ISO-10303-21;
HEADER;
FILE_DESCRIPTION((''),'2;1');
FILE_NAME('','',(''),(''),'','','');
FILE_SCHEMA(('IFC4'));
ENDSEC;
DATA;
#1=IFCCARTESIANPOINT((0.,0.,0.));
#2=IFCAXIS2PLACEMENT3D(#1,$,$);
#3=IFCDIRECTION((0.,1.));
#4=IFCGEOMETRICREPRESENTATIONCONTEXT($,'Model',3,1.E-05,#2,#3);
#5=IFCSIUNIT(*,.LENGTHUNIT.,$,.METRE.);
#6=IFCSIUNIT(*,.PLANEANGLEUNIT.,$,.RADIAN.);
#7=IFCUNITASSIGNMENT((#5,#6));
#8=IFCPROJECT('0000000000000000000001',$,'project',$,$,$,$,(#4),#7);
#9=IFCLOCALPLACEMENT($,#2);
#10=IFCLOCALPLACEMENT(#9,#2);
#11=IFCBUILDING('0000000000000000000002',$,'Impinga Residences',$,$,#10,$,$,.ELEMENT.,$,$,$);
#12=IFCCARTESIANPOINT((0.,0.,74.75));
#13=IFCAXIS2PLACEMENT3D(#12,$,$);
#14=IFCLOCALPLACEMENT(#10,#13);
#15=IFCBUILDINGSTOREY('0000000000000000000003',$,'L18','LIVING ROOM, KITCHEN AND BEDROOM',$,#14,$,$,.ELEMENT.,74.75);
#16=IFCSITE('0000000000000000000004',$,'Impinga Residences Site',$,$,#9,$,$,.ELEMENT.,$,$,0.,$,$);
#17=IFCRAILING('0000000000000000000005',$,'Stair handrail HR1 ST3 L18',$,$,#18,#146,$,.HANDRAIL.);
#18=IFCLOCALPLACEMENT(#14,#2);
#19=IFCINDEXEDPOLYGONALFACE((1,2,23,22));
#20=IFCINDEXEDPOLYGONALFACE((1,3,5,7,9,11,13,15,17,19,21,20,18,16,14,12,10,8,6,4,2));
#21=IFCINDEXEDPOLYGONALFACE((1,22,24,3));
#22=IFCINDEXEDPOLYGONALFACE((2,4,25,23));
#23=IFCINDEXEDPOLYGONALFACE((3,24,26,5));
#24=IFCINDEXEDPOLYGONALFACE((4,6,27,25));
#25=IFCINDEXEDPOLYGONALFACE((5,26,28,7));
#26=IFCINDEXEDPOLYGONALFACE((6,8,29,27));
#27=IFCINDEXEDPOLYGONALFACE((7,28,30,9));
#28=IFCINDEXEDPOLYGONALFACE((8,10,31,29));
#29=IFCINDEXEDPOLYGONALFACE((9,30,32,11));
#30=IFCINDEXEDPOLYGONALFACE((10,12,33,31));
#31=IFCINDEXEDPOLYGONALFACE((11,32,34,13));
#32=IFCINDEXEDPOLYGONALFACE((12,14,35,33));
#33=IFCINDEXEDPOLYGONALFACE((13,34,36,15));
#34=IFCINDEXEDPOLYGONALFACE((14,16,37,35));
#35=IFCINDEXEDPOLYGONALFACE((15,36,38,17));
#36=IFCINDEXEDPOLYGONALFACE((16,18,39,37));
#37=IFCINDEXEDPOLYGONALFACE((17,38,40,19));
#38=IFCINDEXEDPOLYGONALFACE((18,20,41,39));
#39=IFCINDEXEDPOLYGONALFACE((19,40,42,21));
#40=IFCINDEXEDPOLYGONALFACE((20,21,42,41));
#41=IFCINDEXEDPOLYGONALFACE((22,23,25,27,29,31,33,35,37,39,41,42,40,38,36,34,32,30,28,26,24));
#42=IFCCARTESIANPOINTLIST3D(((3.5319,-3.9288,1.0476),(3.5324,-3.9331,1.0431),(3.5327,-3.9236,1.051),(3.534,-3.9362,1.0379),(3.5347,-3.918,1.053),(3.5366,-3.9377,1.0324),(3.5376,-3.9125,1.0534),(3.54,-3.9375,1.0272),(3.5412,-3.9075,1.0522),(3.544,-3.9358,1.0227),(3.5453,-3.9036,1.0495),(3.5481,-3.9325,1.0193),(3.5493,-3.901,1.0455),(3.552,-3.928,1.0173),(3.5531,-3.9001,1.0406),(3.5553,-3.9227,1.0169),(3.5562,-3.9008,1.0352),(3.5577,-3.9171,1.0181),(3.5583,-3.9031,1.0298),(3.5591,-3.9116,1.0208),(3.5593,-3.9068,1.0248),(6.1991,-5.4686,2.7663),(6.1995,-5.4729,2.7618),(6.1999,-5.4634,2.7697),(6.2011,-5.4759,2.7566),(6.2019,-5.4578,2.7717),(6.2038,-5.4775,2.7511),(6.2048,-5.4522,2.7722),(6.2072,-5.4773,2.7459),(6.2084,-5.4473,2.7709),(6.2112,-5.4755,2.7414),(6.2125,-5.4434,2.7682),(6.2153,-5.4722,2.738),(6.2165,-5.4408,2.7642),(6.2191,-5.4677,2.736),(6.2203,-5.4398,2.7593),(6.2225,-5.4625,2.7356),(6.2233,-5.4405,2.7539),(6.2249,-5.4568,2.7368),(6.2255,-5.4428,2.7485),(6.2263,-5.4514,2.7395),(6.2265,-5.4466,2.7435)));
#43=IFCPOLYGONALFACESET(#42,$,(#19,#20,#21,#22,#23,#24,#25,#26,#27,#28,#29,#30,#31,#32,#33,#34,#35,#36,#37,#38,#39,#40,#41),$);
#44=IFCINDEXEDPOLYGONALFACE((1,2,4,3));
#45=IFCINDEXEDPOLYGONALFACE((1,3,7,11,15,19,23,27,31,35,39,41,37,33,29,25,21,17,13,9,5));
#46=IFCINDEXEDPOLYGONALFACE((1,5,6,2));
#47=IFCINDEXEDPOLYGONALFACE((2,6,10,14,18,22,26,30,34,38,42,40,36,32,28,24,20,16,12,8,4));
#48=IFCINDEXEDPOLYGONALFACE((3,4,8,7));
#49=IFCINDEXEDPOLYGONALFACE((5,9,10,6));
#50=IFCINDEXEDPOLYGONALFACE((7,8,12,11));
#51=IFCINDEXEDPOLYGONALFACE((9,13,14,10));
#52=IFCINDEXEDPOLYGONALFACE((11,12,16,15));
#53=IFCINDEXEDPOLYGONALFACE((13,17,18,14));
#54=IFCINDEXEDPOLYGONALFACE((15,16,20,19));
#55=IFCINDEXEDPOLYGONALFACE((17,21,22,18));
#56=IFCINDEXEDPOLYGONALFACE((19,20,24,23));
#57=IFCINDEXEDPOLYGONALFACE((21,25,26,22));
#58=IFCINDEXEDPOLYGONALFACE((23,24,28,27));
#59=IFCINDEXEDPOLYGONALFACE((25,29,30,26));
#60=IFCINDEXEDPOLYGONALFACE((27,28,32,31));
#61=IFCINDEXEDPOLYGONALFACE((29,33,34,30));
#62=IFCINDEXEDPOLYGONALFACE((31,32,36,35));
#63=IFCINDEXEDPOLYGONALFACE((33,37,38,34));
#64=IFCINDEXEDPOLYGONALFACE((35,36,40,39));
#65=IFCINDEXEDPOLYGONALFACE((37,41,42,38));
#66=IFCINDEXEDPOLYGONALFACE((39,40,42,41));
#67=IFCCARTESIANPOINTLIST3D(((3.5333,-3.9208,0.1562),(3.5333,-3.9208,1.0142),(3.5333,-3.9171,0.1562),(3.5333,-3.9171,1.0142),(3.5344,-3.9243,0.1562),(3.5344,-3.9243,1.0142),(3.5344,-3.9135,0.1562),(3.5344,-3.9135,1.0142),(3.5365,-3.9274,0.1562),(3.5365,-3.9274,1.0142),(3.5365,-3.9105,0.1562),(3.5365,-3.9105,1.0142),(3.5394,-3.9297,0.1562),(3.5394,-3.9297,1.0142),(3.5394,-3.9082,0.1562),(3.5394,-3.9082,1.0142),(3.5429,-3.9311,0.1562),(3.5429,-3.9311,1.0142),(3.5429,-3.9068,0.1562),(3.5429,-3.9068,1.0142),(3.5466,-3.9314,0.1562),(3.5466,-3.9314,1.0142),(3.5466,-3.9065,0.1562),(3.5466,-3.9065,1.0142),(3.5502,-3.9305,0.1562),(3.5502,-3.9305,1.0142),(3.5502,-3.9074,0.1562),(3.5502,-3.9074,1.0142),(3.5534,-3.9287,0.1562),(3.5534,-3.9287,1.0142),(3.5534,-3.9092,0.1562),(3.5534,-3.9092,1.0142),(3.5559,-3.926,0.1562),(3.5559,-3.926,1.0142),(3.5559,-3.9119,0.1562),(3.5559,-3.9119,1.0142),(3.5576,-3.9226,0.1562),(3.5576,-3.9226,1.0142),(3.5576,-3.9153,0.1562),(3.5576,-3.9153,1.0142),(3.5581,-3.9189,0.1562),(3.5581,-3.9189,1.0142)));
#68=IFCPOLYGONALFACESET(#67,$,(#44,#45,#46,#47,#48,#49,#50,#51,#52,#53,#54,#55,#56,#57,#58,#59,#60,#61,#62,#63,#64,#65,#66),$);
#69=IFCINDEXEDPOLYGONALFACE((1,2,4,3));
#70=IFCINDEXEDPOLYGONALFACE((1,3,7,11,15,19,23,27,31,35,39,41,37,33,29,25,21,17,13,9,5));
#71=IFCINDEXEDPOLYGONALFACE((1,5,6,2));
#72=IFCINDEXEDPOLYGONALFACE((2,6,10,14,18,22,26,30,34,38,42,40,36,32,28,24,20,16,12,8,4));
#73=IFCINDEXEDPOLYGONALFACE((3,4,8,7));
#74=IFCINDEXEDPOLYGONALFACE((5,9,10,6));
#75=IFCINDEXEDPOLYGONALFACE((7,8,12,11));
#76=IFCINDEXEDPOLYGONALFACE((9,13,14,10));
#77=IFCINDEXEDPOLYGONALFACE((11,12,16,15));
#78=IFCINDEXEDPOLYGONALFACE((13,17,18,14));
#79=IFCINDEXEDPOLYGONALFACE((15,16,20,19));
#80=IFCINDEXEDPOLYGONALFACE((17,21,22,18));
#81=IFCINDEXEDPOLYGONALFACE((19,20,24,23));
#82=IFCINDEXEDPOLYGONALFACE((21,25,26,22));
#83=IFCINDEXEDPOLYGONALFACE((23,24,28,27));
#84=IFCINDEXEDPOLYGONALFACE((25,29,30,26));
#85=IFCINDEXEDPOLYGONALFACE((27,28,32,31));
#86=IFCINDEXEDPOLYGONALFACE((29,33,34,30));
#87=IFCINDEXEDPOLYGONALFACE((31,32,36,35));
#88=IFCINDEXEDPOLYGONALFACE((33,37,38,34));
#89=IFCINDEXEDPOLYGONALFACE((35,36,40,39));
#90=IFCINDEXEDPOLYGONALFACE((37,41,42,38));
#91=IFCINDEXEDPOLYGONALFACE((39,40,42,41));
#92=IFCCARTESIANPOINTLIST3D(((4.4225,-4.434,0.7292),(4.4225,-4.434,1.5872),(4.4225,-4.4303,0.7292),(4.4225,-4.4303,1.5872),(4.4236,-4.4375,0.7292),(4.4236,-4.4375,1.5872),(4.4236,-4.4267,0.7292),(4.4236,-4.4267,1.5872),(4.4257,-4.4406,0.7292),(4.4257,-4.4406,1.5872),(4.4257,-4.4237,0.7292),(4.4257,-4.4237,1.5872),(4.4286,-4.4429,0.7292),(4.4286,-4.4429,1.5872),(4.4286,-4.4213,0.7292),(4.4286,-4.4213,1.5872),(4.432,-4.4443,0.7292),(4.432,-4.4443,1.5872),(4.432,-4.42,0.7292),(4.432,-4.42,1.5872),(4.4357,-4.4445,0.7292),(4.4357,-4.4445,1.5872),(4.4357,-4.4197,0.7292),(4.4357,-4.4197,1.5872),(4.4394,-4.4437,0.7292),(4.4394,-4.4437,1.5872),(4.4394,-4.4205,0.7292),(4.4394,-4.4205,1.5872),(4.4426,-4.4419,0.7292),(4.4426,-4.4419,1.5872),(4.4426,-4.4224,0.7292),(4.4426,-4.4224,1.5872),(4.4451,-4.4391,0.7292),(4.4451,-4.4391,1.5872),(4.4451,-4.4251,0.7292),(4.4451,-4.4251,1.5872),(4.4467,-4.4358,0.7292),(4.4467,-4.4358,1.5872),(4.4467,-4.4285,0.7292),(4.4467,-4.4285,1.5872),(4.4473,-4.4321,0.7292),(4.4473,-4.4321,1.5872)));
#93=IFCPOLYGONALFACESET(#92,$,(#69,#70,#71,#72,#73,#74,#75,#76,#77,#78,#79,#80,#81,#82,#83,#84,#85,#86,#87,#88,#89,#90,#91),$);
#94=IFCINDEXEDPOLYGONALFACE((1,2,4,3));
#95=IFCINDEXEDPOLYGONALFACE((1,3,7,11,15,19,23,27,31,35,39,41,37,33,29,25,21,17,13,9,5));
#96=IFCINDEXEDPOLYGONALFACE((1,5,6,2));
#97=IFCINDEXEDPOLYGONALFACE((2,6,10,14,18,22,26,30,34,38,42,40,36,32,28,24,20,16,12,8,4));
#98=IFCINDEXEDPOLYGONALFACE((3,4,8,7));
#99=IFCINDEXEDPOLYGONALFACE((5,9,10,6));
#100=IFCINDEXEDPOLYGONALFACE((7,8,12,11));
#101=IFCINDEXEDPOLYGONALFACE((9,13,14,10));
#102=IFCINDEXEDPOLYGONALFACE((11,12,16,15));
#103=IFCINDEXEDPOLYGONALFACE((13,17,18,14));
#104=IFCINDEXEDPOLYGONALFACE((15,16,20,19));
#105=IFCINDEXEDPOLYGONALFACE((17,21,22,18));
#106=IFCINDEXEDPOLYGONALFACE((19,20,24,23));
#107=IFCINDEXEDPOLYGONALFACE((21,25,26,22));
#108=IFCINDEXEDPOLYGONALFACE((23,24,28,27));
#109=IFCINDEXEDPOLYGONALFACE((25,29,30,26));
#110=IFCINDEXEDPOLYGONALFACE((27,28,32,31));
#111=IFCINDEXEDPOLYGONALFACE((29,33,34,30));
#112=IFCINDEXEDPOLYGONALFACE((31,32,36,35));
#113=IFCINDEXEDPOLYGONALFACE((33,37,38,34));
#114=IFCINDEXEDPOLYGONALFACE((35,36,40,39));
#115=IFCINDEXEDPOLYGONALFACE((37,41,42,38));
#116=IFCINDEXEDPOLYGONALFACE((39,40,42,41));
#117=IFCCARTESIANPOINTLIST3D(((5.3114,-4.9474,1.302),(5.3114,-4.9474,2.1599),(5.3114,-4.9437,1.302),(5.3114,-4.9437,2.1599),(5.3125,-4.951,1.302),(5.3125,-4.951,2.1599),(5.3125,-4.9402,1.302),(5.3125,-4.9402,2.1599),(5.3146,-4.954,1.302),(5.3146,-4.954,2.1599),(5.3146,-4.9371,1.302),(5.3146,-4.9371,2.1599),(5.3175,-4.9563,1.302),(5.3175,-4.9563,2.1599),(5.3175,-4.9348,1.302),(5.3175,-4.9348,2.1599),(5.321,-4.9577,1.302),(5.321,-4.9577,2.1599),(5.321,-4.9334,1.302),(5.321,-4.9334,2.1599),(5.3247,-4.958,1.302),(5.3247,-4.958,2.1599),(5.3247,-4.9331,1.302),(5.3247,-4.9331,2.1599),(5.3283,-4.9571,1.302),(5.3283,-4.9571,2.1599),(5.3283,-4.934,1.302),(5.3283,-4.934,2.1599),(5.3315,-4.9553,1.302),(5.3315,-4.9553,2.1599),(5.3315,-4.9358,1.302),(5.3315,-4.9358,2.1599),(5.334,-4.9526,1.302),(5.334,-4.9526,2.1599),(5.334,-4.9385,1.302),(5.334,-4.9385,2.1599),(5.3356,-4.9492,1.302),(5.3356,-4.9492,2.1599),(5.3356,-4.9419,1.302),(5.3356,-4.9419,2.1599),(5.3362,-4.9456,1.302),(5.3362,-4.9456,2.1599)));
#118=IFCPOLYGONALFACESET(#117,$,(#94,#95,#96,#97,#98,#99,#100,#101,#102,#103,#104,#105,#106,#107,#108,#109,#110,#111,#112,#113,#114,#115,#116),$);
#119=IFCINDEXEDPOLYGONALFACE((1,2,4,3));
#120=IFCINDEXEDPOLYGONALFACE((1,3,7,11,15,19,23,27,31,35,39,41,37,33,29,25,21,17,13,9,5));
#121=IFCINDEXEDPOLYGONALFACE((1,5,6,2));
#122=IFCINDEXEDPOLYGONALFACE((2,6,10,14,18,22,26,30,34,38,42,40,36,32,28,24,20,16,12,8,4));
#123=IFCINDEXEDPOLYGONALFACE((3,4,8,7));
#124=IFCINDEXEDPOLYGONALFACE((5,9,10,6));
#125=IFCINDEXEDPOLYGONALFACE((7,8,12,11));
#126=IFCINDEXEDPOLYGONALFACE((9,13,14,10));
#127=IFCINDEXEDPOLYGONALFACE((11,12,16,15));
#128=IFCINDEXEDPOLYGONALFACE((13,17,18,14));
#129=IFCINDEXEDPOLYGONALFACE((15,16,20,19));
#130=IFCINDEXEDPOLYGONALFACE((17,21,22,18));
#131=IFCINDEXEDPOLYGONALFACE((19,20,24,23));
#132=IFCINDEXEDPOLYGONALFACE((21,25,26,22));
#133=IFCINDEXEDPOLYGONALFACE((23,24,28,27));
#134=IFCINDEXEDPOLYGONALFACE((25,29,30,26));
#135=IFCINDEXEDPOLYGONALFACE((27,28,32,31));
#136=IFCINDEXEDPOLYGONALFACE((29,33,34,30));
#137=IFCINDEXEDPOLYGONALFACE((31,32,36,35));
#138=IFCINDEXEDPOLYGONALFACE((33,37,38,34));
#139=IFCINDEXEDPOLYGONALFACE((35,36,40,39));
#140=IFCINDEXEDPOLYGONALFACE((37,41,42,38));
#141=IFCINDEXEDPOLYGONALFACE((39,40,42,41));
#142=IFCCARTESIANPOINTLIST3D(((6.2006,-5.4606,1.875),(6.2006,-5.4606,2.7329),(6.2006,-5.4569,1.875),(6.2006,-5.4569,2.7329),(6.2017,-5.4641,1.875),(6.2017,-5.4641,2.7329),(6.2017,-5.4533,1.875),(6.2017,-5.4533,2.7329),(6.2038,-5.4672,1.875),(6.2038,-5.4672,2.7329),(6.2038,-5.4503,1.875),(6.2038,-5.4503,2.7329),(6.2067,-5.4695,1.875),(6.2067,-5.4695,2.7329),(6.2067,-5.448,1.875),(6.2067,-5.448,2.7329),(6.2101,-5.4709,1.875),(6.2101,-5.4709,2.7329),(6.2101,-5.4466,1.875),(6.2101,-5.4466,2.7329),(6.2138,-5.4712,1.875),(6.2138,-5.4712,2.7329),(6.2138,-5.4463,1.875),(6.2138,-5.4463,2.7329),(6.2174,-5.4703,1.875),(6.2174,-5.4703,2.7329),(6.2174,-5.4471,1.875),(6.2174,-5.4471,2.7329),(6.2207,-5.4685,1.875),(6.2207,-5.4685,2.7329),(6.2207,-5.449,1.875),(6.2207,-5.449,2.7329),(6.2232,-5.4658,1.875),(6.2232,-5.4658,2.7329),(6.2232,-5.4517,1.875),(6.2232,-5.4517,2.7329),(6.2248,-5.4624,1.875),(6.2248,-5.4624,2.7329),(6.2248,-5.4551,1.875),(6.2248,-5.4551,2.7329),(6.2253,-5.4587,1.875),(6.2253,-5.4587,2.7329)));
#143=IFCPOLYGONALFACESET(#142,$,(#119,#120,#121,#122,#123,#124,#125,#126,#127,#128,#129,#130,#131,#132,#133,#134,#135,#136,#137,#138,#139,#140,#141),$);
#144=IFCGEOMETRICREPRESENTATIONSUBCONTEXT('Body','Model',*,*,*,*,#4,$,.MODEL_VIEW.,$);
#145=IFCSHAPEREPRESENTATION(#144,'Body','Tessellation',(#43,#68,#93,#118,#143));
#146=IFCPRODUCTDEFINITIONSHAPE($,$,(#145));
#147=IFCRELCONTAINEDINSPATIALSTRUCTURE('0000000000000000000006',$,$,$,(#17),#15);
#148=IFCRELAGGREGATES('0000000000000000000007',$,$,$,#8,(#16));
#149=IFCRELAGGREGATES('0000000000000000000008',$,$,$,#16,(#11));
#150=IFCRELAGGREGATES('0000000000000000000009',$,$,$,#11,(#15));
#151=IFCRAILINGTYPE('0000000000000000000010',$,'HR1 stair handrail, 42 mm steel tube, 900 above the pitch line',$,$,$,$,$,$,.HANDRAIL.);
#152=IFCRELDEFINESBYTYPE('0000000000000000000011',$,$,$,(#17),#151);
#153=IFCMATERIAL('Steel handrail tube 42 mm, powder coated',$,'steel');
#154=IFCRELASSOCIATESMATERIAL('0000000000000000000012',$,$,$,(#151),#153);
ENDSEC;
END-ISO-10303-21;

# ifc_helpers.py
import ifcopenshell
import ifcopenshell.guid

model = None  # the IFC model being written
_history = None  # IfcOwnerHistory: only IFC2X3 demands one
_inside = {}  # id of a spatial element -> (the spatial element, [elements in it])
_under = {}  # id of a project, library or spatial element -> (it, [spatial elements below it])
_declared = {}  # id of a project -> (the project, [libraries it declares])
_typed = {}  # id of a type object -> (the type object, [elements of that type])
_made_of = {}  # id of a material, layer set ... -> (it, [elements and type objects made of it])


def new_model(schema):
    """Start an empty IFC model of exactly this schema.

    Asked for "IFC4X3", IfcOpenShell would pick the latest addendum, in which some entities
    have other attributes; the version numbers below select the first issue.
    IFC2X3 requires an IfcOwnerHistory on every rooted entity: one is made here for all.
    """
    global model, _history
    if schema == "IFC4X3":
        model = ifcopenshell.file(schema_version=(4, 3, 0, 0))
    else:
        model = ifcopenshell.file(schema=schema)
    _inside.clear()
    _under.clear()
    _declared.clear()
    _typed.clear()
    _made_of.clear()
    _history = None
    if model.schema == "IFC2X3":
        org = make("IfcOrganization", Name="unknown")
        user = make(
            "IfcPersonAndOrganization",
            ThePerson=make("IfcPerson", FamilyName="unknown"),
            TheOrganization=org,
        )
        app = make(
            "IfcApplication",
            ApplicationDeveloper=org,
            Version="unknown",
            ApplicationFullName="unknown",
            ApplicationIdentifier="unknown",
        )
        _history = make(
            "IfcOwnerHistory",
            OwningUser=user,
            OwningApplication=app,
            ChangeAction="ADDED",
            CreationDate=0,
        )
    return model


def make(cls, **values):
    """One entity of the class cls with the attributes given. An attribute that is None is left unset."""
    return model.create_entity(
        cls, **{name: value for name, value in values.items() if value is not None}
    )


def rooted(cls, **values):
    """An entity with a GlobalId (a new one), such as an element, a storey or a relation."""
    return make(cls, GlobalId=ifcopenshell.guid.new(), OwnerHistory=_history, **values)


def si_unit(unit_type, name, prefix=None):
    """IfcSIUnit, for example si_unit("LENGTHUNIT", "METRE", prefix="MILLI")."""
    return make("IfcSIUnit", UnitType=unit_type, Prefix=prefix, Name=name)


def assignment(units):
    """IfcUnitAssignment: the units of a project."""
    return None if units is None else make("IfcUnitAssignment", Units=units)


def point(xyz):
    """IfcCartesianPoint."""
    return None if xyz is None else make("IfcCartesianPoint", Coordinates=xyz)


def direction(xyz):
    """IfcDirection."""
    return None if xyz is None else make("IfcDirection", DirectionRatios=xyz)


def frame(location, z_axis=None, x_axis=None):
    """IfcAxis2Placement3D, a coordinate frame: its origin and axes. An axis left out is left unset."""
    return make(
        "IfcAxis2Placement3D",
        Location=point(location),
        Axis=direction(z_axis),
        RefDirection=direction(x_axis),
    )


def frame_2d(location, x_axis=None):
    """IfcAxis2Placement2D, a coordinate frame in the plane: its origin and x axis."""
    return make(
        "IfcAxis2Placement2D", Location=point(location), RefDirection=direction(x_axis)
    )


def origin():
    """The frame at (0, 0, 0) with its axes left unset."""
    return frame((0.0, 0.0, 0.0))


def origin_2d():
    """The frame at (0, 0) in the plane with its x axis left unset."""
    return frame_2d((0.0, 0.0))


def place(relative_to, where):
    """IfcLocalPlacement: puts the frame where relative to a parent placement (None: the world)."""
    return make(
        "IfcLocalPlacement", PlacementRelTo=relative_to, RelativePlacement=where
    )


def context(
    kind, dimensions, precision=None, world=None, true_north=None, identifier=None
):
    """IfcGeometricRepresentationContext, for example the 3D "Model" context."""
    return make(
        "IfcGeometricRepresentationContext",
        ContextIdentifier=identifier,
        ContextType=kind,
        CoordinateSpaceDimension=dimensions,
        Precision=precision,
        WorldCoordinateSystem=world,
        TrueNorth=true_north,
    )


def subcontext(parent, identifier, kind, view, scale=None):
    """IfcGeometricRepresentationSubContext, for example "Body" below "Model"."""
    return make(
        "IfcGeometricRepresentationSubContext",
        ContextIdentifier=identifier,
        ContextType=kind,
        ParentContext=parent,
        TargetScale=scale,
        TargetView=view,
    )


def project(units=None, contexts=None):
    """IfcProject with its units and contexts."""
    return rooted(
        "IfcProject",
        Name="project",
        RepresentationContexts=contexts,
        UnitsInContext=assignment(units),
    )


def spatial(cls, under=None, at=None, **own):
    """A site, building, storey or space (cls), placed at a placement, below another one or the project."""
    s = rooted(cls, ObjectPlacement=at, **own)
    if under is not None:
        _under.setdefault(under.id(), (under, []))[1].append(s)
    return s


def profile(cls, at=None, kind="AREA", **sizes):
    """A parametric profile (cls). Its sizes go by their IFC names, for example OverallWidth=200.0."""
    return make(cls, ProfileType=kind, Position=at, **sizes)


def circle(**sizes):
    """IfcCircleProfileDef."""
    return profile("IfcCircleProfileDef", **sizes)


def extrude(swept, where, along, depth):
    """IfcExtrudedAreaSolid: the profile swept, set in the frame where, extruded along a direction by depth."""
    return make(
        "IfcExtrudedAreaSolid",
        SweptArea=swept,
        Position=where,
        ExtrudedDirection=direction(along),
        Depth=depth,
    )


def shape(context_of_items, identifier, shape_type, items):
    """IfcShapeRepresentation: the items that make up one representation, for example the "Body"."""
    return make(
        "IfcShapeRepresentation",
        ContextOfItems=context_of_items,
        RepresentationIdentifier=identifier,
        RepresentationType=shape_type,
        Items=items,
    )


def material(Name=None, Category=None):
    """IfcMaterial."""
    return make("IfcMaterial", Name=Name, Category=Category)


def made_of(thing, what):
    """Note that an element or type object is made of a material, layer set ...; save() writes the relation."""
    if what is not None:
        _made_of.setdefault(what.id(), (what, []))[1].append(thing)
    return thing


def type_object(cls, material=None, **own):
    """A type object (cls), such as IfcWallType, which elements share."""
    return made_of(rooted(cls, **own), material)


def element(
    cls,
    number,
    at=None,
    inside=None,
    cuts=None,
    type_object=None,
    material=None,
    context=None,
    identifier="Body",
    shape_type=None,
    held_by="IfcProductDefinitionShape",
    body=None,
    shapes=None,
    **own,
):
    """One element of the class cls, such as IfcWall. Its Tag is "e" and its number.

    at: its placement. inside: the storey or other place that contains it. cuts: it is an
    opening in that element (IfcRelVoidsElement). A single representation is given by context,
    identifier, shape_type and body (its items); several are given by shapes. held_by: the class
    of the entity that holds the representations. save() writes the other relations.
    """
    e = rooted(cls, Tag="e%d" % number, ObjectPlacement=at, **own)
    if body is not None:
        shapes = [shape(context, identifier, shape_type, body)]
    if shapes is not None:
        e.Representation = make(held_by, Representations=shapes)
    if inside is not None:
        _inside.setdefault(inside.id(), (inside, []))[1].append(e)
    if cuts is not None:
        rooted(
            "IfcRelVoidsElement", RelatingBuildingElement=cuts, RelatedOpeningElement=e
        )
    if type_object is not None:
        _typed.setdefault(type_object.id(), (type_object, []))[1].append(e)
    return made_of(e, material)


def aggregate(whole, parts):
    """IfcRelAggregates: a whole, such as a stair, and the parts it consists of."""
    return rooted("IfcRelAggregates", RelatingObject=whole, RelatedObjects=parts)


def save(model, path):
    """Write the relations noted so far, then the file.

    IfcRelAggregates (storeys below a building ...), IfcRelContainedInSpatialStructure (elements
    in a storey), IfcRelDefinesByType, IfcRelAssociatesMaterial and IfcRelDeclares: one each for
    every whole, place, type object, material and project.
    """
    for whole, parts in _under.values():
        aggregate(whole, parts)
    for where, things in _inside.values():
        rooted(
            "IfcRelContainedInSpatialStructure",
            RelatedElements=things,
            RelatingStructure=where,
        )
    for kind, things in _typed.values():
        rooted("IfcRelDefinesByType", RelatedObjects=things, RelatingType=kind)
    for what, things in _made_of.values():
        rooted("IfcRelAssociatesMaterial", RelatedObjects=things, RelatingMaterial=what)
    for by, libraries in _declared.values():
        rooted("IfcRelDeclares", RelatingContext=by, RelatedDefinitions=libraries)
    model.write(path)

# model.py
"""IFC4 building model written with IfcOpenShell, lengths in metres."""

from ifc_helpers import new_model, si_unit, direction, frame, origin, origin_2d, place, context, subcontext, project, spatial, circle, extrude, material, type_object, element, save


model = new_model("IFC4")

# Units and contexts
model_context = context("Model", 3, precision=1e-05, world=origin(), true_north=direction((0.0, 1.0)))
body_context = subcontext(model_context, "Body", "Model", "MODEL_VIEW")
ifc_project = project(units=[si_unit("LENGTHUNIT", "METRE"), si_unit("PLANEANGLEUNIT", "RADIAN")], contexts=[model_context])

# Site, building, storey
site_placement = place(None, origin())
site = spatial("IfcSite", under=ifc_project, at=site_placement, Name="Impinga Residences Site", CompositionType="ELEMENT", RefElevation=0.0)
building_placement = place(site_placement, origin())
building = spatial("IfcBuilding", under=site, at=building_placement, Name="Impinga Residences", CompositionType="ELEMENT")
storey_placement = place(building_placement, frame((0.0, 0.0, 74.75)))
storey = spatial("IfcBuildingStorey", under=building, at=storey_placement, Name="L18", Description="LIVING ROOM, KITCHEN AND BEDROOM", CompositionType="ELEMENT", Elevation=74.75)

# Railing
ifc_material_1 = material(Name="Steel handrail tube 42 mm, powder coated", Category="steel")
railing_type = type_object("IfcRailingType", Name="HR1 stair handrail, 42 mm steel tube, 900 above the pitch line", PredefinedType="HANDRAIL", material=ifc_material_1)
railing_placement = place(storey_placement, frame((3.5457, -3.9189, 0.1562)))
element("IfcRailing", 1, at=railing_placement, inside=storey, type_object=railing_type, Name="Stair handrail HR1 ST3 L18", PredefinedType="HANDRAIL", context=body_context, shape_type="SweptSolid", body=[
    extrude(circle(Radius=0.021, at=origin_2d()), frame((0.0, 0.0, 0.8789), z_axis=(0.756249, -0.436582, 0.487322), x_axis=(0.499967, 0.866044, 0.0)), (0.0, 0.0, 1.0), 3.5269),
    extrude(circle(Radius=0.0125, at=origin_2d()), origin(), (0.0, 0.0, 1.0), 0.8579),
    extrude(circle(Radius=0.0125, at=origin_2d()), frame((0.8892, -0.5132, 0.573)), (0.0, 0.0, 1.0), 0.8579),
    extrude(circle(Radius=0.0125, at=origin_2d()), frame((1.7781, -1.0266, 1.1458)), (0.0, 0.0, 1.0), 0.8579),
    extrude(circle(Radius=0.0125, at=origin_2d()), frame((2.6672, -1.5398, 1.7188)), (0.0, 0.0, 1.0), 0.8579),
])

save(model, "model.ifc")
